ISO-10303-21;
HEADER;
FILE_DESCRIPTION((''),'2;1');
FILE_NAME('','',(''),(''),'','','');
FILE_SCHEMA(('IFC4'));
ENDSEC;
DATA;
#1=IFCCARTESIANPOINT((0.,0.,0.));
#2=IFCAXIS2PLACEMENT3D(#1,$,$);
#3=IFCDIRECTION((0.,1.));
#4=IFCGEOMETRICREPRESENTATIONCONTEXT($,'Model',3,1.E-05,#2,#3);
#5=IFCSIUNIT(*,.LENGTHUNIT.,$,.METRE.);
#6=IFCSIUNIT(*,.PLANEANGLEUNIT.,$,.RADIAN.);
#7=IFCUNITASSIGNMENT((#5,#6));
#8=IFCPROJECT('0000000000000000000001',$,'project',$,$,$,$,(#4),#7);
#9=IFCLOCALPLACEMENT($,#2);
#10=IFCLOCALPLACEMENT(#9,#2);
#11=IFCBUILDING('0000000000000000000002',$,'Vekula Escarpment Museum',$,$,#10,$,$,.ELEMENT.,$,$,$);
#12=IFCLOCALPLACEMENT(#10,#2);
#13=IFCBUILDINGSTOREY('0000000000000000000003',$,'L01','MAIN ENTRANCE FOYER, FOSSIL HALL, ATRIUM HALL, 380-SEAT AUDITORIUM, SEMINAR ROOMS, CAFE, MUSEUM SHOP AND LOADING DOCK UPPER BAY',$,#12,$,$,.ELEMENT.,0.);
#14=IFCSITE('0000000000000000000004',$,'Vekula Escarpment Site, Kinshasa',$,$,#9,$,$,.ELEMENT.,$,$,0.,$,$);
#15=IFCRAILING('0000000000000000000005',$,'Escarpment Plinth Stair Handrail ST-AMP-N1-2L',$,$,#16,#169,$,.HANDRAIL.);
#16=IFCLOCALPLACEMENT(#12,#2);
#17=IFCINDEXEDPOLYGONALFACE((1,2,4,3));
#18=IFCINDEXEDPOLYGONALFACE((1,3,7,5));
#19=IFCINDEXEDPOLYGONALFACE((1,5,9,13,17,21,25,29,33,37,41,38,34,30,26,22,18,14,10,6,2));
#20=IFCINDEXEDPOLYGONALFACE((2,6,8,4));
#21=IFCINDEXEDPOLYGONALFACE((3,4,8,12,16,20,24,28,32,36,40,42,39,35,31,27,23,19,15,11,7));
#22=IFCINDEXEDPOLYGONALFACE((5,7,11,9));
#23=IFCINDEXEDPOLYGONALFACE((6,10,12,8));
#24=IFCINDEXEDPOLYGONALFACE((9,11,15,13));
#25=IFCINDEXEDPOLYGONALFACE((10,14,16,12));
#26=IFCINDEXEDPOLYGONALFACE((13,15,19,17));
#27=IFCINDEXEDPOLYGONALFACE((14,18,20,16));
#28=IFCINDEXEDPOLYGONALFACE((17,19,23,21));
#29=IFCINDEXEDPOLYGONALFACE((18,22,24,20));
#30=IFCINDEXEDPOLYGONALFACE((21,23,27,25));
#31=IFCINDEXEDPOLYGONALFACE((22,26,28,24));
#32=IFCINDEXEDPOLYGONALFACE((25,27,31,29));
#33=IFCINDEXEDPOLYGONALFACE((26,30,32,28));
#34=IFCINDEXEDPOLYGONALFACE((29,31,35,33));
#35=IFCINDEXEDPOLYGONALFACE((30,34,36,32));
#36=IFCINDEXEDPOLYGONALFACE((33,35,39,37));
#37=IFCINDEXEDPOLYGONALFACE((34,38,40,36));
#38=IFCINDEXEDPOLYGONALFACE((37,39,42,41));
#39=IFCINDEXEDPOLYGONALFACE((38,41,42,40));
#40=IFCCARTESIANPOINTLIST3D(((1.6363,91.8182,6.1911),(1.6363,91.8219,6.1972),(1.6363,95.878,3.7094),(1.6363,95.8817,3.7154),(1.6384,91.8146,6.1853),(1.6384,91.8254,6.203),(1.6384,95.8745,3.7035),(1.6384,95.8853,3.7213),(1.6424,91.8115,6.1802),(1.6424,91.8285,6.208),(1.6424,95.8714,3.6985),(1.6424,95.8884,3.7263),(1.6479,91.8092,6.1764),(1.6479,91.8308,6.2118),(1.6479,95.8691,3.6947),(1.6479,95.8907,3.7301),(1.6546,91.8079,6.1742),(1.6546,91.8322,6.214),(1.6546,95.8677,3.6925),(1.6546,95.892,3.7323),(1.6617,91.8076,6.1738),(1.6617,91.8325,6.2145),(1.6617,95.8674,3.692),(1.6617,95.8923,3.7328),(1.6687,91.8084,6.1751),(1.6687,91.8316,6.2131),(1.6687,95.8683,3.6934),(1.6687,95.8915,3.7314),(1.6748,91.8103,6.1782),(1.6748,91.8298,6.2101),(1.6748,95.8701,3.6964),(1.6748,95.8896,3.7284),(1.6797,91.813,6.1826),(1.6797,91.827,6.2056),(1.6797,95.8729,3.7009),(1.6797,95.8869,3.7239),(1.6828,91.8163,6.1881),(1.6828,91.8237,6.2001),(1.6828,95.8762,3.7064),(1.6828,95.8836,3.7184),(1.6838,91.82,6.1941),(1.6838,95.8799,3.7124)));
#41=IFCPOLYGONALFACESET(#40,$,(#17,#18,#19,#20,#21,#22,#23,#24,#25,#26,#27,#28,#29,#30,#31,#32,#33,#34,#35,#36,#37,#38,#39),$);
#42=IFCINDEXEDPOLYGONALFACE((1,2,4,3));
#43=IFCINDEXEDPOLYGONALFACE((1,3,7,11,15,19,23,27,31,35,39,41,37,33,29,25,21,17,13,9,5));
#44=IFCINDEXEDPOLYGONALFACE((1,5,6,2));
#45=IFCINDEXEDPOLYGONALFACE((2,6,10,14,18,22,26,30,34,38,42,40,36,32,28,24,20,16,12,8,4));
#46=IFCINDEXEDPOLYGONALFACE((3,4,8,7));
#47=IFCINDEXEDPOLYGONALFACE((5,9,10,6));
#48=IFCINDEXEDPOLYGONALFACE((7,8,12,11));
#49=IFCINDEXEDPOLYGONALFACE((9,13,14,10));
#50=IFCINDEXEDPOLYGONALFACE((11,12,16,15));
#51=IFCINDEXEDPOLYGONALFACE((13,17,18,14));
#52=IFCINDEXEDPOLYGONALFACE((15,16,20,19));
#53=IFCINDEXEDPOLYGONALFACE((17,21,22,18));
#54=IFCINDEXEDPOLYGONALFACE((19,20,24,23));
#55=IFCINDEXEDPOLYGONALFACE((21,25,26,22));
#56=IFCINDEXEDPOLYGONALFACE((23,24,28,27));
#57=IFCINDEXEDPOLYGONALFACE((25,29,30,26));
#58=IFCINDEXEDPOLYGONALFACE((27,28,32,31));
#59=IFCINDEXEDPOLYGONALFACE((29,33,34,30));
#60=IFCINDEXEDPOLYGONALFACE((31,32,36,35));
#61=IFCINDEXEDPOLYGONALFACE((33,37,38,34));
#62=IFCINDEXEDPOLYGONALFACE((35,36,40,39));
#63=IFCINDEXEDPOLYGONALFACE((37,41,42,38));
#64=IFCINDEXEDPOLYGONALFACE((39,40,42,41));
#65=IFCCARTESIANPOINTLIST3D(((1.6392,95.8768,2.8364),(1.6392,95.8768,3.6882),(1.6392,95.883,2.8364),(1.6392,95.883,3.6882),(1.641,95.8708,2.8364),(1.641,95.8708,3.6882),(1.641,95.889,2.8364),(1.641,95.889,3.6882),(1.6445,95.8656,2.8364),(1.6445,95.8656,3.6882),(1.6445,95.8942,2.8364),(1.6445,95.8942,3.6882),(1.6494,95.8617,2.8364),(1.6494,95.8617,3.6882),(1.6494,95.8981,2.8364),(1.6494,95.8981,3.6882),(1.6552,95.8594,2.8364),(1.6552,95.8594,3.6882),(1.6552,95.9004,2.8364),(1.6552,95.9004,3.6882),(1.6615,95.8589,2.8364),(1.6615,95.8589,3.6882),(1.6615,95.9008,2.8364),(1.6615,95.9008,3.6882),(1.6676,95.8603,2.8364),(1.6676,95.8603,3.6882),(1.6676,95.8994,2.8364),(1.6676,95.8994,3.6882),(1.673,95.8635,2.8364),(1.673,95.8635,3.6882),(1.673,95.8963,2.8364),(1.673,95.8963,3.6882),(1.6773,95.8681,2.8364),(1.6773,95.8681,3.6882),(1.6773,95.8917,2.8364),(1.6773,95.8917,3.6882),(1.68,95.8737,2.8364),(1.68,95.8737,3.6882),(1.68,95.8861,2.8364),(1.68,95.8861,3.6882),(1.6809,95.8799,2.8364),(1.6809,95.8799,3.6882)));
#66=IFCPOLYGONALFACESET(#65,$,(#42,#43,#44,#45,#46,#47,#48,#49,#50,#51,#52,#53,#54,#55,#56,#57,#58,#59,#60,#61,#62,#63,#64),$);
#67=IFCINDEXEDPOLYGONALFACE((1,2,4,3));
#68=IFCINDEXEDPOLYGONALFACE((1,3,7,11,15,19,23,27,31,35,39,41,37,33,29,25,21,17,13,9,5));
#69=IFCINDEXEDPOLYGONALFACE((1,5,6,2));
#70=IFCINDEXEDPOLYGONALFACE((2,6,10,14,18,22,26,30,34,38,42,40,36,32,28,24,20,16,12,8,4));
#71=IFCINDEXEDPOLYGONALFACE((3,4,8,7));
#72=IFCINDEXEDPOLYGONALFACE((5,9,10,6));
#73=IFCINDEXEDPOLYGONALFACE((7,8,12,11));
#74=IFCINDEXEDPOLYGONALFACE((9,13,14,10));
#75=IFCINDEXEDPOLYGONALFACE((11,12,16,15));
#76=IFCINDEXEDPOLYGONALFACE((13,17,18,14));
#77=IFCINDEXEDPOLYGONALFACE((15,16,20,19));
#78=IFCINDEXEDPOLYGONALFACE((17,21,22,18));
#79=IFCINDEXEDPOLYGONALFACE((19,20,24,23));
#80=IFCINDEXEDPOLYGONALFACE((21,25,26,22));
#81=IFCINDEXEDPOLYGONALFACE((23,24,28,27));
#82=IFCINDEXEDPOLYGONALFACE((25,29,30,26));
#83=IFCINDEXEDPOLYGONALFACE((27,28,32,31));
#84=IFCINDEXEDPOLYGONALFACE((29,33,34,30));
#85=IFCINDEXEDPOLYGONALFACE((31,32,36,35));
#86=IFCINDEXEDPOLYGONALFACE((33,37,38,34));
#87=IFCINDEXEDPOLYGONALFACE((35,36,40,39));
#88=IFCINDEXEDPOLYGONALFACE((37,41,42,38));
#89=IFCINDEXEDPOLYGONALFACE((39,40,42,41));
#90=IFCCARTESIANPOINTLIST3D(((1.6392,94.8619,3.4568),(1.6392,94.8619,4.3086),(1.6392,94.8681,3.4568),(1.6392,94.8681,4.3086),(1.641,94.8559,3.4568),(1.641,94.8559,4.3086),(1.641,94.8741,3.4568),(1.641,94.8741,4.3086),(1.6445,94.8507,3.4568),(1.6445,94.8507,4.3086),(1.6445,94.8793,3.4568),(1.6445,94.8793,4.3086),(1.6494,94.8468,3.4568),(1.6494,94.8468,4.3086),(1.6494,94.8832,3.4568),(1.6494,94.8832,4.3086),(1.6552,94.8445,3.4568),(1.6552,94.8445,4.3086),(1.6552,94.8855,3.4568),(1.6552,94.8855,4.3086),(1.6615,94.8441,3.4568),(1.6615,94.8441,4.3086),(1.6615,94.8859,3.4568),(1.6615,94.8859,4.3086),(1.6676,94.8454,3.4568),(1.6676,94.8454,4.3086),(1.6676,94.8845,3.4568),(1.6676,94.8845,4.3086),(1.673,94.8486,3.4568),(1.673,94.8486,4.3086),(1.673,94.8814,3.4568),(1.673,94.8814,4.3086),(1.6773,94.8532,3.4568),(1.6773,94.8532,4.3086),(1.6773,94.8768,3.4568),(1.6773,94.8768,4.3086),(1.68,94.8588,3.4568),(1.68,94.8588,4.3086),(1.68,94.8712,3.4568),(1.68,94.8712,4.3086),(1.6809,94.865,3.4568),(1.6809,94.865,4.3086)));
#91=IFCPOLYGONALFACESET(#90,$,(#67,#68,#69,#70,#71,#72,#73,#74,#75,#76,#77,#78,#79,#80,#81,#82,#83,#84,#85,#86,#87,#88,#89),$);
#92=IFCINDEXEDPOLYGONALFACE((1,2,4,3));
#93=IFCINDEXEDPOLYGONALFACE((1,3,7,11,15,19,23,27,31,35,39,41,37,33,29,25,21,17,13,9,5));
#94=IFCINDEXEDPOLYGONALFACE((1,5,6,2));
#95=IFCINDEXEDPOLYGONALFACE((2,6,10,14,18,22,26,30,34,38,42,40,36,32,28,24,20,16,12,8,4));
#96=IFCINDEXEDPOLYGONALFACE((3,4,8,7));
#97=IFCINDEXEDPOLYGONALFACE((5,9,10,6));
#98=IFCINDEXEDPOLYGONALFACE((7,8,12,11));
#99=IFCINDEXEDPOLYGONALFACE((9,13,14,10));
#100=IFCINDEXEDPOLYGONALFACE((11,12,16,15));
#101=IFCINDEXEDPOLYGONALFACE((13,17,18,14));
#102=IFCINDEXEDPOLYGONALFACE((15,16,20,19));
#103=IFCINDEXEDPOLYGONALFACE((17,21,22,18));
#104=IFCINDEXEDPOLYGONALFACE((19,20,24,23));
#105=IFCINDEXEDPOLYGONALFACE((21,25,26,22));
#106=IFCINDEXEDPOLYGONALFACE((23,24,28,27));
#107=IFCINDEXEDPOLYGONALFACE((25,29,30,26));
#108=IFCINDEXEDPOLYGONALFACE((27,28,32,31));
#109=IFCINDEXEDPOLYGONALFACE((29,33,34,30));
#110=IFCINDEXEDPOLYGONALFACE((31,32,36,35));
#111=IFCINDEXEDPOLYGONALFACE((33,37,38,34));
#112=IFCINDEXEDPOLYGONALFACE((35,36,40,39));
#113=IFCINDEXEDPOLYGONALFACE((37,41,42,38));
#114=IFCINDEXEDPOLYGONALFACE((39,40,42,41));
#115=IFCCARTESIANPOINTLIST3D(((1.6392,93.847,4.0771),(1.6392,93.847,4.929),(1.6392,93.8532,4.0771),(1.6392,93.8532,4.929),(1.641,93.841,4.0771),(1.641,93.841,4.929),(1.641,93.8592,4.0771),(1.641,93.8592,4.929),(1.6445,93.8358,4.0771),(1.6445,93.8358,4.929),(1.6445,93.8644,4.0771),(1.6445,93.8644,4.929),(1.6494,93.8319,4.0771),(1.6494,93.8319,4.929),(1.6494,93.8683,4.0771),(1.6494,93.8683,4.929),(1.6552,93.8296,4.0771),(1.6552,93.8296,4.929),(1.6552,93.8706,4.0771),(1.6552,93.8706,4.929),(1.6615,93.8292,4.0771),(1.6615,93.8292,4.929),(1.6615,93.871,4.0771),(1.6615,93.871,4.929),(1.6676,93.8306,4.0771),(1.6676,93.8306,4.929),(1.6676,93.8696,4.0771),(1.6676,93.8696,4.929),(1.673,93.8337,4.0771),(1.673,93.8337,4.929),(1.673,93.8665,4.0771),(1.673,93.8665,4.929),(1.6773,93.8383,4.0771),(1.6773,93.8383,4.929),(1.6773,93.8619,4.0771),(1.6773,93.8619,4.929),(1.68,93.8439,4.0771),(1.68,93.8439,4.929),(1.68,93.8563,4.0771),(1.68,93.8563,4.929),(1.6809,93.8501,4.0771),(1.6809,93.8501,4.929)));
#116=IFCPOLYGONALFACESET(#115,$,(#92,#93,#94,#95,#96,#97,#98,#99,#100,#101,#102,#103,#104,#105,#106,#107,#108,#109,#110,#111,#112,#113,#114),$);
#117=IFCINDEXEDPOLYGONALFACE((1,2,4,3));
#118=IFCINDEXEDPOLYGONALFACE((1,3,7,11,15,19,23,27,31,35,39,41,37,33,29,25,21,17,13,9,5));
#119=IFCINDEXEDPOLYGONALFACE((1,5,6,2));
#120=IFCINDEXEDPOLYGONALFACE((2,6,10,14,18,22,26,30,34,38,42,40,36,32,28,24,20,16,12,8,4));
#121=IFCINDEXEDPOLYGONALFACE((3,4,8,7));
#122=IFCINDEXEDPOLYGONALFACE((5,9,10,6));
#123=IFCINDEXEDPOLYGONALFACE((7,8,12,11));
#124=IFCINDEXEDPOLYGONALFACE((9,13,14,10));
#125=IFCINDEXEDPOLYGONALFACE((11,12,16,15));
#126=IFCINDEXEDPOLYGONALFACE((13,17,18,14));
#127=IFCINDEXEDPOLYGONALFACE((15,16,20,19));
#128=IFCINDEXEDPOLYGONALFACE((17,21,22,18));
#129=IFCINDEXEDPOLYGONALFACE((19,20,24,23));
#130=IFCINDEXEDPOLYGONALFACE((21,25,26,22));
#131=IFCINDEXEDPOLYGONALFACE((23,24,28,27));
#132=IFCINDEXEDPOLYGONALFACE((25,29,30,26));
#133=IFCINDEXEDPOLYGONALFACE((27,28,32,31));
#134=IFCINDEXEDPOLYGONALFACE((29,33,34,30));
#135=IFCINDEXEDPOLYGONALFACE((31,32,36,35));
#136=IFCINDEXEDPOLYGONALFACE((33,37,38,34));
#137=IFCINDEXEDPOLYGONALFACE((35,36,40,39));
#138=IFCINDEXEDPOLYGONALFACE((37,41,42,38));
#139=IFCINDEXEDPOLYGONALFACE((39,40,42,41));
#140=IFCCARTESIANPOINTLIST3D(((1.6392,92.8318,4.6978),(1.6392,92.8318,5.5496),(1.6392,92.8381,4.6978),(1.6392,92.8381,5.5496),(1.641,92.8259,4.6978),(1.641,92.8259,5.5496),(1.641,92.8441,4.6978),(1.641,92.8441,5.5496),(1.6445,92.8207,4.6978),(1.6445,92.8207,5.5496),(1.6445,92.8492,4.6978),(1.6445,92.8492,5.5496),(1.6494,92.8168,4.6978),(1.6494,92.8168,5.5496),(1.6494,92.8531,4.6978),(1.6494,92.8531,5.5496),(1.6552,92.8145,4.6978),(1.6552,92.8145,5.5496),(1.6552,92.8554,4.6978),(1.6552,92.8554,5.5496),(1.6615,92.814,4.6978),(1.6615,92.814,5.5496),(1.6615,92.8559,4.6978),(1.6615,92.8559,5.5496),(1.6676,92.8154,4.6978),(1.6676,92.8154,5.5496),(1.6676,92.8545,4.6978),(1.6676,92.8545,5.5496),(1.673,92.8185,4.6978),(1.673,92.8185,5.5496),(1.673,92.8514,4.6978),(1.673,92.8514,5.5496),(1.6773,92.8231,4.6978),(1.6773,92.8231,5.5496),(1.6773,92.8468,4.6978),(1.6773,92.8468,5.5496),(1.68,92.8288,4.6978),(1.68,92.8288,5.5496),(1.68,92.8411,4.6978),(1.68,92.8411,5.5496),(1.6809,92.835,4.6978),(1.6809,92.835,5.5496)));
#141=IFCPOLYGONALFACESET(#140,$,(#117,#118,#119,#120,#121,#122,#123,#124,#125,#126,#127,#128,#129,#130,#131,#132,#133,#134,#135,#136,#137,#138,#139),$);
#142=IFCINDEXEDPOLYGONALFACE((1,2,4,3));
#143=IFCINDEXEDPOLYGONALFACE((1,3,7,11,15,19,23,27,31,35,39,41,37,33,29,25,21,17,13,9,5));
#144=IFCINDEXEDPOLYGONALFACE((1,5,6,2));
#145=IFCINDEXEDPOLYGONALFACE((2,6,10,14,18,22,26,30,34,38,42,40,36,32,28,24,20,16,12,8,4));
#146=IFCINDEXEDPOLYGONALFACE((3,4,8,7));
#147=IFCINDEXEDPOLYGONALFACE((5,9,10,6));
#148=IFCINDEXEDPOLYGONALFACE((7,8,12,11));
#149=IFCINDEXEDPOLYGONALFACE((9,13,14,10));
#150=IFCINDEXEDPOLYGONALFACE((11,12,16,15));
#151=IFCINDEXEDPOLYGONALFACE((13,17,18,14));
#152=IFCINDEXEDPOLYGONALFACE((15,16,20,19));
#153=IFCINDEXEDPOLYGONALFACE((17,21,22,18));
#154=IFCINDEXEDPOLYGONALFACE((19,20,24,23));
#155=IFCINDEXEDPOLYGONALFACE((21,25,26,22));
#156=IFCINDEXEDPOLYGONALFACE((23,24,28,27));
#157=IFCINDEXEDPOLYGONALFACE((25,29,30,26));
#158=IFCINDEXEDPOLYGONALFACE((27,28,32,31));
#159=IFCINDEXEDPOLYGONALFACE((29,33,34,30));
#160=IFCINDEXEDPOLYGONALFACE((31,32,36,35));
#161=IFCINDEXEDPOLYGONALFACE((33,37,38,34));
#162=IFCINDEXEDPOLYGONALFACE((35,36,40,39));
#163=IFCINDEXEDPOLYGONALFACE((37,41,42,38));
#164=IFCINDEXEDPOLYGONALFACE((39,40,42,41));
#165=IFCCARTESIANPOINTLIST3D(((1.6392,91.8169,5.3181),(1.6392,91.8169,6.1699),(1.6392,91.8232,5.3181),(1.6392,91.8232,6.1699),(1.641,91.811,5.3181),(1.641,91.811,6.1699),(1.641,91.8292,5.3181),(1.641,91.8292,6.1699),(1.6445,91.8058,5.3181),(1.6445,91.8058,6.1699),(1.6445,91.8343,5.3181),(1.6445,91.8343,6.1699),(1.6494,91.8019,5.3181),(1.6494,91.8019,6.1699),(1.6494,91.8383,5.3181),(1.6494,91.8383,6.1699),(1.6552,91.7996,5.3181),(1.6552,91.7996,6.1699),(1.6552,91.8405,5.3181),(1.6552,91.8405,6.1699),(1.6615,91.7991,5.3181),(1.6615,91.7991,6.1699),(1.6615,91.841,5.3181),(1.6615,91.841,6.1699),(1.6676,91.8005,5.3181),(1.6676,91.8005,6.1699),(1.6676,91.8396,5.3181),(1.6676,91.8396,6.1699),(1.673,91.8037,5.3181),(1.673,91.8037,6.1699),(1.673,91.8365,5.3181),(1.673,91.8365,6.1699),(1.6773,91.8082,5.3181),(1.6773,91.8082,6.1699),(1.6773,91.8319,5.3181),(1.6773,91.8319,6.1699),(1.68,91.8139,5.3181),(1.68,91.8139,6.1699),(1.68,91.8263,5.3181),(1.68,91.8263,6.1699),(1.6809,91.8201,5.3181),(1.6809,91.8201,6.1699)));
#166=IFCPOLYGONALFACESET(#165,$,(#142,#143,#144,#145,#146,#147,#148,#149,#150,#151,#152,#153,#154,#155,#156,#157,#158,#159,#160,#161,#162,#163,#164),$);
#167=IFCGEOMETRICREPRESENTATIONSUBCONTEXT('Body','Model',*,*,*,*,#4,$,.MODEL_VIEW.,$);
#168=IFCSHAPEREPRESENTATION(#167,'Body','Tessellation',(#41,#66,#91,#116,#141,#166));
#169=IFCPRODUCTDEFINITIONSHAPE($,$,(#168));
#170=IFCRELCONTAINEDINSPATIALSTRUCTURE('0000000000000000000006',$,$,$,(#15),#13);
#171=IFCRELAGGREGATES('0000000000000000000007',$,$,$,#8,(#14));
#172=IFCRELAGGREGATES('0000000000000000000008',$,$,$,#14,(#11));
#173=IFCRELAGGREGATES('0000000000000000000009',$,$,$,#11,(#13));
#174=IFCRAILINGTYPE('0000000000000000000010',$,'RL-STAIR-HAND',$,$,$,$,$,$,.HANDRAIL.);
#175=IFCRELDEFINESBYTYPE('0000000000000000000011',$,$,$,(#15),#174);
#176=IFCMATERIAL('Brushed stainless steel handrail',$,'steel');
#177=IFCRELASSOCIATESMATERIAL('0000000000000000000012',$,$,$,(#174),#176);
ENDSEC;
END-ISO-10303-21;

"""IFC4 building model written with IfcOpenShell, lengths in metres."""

from ifc_helpers import new_model, si_unit, direction, frame, origin, origin_2d, place, context, subcontext, project, spatial, circle, extrude, material, type_object, element, save


model = new_model("IFC4")

# Units and contexts
model_context = context("Model", 3, precision=1e-05, world=origin(), true_north=direction((0.0, 1.0)))
body_context = subcontext(model_context, "Body", "Model", "MODEL_VIEW")
ifc_project = project(units=[si_unit("LENGTHUNIT", "METRE"), si_unit("PLANEANGLEUNIT", "RADIAN")], contexts=[model_context])

# Site, building, storey
site_placement = place(None, origin())
site = spatial("IfcSite", under=ifc_project, at=site_placement, Name="Vekula Escarpment Site, Kinshasa", CompositionType="ELEMENT", RefElevation=0.0)
building_placement = place(site_placement, origin())
building = spatial("IfcBuilding", under=site, at=building_placement, Name="Vekula Escarpment Museum", CompositionType="ELEMENT")
storey_placement = place(building_placement, origin())
storey = spatial("IfcBuildingStorey", under=building, at=storey_placement, Name="L01", Description="MAIN ENTRANCE FOYER, FOSSIL HALL, ATRIUM HALL, 380-SEAT AUDITORIUM, SEMINAR ROOMS, CAFE, MUSEUM SHOP AND LOADING DOCK UPPER BAY", CompositionType="ELEMENT", Elevation=0.0)

# Railing
ifc_material_1 = material(Name="Brushed stainless steel handrail", Category="steel")
railing_type_1 = type_object("IfcRailingType", Name="RL-STAIR-HAND", PredefinedType="HANDRAIL", material=ifc_material_1)
for number, where, name in (
    (1, (1.6599, 95.8799, 2.8364), "Escarpment Plinth Stair Handrail ST-AMP-N1-2L"),
):
    element("IfcRailing", number, at=place(storey_placement, frame(where)), inside=storey, type_object=railing_type_1, Name=name, PredefinedType="HANDRAIL", context=body_context, shape_type="SweptSolid", body=[
        extrude(circle(Radius=0.0239, at=origin_2d()), frame((0.0, 0.0, 0.876), z_axis=(0.0, -0.853217, 0.521556), x_axis=(1.0, 0.0, 0.0)), (0.0, 0.0, 1.0), 4.7583),
        extrude(circle(Radius=0.021, at=origin_2d()), origin(), (0.0, 0.0, 1.0), 0.8518),
        extrude(circle(Radius=0.021, at=origin_2d()), frame((0.0, -1.0149, 0.6204)), (0.0, 0.0, 1.0), 0.8518),
        extrude(circle(Radius=0.021, at=origin_2d()), frame((0.0, -2.0298, 1.2407)), (0.0, 0.0, 1.0), 0.8518),
        extrude(circle(Radius=0.021, at=origin_2d()), frame((0.0, -3.0449, 1.8613)), (0.0, 0.0, 1.0), 0.8518),
        extrude(circle(Radius=0.021, at=origin_2d()), frame((0.0, -4.0598, 2.4817)), (0.0, 0.0, 1.0), 0.8518),
    ])

save(model, "model.ifc")
